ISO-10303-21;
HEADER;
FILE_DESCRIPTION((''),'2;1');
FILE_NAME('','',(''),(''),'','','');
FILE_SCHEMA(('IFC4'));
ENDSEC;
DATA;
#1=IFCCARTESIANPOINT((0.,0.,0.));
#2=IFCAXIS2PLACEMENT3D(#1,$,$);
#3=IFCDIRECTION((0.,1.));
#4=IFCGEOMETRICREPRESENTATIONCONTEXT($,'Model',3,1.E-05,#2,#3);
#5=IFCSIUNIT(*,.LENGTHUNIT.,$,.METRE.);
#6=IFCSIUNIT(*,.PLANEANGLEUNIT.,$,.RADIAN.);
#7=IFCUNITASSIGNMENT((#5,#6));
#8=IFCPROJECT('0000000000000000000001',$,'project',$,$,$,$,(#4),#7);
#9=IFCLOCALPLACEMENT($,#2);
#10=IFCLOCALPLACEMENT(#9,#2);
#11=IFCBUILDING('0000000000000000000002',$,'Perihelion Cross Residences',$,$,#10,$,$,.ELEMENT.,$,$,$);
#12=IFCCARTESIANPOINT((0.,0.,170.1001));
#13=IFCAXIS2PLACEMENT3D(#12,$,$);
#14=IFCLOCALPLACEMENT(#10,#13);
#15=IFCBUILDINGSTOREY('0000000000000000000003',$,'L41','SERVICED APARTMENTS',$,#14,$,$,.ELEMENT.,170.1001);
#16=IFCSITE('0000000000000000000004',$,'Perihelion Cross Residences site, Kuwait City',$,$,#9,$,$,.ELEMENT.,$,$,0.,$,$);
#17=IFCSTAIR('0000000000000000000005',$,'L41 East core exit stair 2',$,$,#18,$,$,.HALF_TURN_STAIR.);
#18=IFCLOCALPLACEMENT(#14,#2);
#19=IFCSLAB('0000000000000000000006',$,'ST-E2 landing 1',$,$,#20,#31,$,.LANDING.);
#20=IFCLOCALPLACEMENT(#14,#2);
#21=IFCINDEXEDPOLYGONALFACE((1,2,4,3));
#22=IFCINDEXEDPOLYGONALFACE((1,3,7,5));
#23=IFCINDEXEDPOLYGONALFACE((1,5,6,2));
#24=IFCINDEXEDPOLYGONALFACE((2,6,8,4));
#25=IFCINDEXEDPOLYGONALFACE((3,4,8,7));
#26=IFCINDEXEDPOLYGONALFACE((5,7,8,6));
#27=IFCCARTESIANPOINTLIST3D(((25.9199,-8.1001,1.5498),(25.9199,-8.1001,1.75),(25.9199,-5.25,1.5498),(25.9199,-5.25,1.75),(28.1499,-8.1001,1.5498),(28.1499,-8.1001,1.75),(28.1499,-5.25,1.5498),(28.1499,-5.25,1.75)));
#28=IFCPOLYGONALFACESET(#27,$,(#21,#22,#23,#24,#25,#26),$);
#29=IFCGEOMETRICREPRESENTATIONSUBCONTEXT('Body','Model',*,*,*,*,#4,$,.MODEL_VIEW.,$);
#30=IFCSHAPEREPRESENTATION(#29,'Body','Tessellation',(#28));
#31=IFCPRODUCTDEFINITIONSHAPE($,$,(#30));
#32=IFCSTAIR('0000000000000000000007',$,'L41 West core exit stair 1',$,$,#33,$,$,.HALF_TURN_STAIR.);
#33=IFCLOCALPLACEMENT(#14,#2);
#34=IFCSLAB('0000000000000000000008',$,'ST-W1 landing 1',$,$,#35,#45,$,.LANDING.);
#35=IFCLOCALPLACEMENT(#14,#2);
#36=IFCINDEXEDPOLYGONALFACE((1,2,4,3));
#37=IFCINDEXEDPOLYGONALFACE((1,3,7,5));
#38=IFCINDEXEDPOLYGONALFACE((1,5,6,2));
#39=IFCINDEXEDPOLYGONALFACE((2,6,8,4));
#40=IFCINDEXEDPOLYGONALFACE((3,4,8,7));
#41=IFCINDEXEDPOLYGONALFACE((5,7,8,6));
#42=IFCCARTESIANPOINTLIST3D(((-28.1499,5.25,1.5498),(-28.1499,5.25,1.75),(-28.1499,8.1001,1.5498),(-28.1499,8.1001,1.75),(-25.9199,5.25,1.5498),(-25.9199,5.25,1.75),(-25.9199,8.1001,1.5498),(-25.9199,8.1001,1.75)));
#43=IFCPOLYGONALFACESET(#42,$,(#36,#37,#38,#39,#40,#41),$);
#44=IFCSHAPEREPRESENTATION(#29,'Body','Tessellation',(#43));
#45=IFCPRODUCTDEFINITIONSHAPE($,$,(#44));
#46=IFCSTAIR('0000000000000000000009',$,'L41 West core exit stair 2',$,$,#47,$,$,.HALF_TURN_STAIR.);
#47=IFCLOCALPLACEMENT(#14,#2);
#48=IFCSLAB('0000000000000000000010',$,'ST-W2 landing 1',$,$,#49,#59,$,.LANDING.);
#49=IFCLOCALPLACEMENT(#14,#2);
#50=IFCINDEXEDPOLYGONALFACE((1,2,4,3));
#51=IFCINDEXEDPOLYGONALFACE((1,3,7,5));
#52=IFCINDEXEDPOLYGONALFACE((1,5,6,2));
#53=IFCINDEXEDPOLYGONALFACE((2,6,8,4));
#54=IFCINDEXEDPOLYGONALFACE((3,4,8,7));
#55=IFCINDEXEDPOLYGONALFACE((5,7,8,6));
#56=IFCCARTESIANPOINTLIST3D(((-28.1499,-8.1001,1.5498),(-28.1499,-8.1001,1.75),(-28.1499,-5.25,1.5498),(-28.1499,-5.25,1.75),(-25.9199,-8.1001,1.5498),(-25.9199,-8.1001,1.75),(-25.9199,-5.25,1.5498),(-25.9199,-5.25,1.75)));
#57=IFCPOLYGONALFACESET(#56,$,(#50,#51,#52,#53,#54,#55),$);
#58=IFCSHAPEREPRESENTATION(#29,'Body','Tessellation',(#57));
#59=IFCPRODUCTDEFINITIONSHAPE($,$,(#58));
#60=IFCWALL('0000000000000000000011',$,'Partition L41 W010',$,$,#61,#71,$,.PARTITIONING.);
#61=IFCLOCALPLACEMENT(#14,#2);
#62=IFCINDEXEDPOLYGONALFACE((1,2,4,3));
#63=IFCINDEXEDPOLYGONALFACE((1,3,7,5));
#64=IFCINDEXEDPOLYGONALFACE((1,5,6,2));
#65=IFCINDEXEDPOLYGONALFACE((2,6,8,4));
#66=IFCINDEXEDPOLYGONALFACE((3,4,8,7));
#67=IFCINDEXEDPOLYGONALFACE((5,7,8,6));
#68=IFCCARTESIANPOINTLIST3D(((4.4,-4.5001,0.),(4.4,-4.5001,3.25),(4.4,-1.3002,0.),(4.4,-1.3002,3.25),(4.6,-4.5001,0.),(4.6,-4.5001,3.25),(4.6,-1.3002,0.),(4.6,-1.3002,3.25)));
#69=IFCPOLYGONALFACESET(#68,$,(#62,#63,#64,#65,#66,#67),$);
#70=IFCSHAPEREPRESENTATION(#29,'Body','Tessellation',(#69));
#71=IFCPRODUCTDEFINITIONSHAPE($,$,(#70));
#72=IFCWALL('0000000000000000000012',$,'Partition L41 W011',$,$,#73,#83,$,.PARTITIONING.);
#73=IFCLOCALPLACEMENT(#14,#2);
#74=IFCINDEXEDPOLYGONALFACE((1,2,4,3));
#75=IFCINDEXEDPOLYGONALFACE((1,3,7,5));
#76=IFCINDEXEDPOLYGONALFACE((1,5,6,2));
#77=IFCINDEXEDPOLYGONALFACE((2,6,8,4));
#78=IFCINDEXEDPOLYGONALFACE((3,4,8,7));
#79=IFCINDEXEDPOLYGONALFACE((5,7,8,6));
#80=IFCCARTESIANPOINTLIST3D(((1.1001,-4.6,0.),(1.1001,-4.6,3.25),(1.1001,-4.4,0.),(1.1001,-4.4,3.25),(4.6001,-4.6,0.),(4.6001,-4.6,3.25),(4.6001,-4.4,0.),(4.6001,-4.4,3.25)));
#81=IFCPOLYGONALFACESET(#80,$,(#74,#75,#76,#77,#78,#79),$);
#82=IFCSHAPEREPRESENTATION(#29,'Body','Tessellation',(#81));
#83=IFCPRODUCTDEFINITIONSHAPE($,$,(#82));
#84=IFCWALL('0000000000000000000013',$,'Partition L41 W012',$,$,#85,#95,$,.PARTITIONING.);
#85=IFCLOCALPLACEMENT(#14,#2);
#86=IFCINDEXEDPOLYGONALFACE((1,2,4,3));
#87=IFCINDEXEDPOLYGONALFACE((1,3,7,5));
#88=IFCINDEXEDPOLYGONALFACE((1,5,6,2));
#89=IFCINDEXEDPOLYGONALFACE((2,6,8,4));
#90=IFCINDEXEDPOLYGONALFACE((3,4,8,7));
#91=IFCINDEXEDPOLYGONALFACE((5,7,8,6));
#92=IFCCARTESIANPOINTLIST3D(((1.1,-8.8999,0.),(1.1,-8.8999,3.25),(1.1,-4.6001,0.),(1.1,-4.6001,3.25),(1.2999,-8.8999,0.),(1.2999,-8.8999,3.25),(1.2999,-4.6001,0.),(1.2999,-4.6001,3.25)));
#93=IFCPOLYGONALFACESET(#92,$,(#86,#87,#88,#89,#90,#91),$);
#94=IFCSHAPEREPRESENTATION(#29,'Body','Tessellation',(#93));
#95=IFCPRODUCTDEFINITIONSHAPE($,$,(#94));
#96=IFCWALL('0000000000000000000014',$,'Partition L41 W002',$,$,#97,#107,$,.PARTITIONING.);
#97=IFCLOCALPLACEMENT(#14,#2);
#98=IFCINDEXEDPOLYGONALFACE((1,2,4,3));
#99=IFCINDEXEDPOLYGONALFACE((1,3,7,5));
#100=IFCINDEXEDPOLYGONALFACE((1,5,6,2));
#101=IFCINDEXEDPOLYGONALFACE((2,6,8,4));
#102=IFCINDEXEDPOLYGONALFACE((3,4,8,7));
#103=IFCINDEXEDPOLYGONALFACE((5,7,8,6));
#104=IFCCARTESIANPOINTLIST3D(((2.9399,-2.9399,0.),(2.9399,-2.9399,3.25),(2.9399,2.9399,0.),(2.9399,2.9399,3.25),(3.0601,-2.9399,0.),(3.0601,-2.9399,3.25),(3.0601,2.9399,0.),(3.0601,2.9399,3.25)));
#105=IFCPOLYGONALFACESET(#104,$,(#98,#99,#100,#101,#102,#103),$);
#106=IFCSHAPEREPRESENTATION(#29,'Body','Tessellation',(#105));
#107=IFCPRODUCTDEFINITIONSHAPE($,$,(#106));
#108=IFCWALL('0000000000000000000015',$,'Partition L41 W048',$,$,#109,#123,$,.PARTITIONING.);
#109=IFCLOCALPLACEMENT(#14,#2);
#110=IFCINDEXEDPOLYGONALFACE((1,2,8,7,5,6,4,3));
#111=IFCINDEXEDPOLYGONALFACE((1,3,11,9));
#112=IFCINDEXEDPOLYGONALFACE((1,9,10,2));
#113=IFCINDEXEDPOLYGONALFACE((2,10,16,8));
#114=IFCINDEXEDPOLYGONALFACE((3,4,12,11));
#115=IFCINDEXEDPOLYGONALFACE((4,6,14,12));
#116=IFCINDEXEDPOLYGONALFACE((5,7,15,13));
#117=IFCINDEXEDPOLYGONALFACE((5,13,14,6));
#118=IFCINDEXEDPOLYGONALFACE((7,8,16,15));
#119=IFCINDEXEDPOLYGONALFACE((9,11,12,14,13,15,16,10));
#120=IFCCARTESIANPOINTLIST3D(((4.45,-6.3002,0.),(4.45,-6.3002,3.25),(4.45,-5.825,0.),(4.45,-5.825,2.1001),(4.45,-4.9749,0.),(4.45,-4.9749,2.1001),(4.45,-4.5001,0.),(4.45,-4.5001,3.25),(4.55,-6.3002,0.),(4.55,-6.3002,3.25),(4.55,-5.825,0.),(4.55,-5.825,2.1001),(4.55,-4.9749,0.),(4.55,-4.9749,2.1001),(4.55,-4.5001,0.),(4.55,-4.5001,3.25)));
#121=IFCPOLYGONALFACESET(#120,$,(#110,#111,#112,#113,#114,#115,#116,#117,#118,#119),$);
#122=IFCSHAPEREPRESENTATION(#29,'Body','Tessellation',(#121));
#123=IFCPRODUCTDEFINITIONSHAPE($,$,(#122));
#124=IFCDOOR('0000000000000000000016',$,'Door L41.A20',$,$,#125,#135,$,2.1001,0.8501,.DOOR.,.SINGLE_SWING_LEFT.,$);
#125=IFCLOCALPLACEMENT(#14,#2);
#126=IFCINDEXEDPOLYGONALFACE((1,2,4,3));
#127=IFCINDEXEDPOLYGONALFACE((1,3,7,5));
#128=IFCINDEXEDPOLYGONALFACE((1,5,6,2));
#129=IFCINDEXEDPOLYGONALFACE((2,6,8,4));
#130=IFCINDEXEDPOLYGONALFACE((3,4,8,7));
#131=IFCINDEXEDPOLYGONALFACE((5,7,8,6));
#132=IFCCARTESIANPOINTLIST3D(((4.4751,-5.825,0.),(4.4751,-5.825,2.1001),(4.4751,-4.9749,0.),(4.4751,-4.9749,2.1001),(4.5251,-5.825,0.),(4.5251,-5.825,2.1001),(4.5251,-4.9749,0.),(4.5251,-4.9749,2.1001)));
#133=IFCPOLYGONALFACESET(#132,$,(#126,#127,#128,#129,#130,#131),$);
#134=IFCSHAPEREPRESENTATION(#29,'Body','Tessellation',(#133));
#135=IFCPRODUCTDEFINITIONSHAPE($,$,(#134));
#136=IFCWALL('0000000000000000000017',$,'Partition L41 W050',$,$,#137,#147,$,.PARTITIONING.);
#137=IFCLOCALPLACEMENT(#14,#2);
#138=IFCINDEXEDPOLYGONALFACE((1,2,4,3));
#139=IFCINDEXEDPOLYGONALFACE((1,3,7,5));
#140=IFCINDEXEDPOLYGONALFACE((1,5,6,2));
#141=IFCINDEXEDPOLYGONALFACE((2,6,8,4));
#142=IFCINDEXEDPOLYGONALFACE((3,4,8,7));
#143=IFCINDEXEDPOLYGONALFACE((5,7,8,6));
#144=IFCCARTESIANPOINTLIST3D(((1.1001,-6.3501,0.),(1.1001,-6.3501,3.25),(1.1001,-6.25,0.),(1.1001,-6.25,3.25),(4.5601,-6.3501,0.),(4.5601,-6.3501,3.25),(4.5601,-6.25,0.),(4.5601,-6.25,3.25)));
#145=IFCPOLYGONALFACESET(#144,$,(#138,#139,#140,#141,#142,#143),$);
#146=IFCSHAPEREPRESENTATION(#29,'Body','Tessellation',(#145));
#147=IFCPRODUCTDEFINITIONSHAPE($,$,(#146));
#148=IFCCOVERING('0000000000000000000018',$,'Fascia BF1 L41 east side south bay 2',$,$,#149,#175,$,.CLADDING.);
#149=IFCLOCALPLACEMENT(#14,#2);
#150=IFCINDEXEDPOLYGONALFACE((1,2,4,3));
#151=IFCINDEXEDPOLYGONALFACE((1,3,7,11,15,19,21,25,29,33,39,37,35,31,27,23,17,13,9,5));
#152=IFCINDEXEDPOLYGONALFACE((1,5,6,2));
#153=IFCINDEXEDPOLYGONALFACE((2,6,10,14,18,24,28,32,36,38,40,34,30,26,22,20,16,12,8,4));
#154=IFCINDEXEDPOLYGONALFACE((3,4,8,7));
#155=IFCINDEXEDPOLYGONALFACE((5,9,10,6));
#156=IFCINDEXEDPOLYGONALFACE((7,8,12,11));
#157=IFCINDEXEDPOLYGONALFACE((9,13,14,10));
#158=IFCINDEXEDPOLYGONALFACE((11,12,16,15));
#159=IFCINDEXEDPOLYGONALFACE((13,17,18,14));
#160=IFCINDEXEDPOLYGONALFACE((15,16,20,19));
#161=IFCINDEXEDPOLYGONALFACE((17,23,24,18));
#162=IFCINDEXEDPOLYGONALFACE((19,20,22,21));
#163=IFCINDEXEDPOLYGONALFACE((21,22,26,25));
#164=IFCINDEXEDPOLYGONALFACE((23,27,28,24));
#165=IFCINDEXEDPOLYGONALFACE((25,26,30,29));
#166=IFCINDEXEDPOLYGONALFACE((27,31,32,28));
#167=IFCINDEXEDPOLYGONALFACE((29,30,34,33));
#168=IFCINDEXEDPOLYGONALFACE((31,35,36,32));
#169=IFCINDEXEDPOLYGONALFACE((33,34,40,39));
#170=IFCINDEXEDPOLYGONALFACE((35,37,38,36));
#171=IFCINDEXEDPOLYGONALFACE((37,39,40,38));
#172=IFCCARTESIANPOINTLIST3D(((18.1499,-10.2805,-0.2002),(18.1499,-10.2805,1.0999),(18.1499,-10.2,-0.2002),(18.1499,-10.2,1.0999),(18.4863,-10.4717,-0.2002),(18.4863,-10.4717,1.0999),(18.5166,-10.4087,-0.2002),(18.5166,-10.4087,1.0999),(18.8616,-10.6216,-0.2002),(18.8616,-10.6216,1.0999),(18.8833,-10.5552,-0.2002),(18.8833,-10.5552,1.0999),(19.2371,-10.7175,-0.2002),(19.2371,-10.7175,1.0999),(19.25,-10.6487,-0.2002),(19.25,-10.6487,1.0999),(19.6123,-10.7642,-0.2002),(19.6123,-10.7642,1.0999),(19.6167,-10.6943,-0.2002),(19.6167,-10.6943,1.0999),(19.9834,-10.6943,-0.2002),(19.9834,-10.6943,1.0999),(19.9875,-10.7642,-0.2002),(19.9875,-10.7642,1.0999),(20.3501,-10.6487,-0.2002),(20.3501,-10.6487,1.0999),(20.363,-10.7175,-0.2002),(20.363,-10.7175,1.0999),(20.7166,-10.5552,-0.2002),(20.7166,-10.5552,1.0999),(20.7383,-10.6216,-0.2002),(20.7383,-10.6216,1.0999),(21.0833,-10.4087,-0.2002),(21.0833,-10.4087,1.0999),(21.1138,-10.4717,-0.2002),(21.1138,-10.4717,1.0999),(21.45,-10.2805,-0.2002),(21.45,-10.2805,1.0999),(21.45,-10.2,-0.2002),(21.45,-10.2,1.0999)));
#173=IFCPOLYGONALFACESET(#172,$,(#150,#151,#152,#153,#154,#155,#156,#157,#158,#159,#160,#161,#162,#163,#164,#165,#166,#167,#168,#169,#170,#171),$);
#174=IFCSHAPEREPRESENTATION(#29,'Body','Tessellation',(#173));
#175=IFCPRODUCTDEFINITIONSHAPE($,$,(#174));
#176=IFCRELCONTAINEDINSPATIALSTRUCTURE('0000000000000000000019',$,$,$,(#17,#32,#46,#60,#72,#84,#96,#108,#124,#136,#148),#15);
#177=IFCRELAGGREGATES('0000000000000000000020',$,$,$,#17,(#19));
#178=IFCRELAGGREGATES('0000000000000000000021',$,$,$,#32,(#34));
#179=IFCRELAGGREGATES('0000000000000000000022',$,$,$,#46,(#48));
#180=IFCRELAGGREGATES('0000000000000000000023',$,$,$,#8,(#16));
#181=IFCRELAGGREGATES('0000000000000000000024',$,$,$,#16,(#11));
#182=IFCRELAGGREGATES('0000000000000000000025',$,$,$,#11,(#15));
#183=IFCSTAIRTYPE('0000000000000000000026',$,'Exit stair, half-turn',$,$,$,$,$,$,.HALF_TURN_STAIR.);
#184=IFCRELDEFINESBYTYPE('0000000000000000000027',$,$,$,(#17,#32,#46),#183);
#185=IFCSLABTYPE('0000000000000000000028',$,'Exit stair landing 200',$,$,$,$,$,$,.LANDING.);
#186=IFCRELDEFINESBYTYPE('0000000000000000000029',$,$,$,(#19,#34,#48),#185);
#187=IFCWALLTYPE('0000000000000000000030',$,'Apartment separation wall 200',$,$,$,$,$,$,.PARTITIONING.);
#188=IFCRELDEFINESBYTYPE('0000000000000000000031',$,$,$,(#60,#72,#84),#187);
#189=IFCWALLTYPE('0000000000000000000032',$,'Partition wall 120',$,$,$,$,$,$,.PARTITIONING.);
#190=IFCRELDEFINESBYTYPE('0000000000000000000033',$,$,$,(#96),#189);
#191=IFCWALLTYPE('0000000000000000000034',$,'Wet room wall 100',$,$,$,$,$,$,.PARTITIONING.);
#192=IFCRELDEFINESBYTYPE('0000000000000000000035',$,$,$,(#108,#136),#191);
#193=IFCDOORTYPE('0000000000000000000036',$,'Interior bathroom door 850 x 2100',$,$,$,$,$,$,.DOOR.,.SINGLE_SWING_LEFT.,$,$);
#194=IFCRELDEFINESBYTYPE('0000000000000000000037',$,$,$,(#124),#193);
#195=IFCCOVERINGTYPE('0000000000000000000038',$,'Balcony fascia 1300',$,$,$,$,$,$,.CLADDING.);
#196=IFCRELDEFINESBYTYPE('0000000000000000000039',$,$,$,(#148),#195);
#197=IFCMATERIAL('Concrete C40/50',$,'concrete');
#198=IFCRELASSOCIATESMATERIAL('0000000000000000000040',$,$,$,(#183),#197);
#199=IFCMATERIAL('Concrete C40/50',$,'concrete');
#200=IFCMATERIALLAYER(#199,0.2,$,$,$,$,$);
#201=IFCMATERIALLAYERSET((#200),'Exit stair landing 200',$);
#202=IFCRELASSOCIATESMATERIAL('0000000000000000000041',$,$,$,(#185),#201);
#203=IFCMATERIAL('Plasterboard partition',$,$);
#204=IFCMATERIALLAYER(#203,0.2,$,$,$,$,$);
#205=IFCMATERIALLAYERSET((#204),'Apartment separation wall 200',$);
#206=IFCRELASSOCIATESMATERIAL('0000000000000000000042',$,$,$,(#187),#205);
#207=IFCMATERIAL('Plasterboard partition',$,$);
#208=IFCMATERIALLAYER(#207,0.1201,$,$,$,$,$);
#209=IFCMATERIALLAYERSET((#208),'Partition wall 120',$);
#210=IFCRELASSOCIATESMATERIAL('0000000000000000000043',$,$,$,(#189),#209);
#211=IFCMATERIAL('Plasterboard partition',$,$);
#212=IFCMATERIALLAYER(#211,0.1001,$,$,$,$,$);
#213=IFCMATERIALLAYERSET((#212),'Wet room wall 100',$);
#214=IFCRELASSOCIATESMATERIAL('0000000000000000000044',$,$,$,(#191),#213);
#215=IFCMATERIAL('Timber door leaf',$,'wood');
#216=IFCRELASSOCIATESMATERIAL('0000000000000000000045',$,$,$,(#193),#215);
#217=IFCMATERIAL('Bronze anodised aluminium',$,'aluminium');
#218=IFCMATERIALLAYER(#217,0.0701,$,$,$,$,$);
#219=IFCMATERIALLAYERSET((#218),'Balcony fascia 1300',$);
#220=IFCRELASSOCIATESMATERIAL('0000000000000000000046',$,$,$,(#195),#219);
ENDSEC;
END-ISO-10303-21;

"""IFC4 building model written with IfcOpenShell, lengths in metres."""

from ifc_helpers import new_model, si_unit, direction, frame, frame_2d, origin, place, context, subcontext, project, spatial, polyline, rectangle, outline, extrude, material, layer, layer_set, type_object, element, fill, aggregate, save


model = new_model("IFC4")

# Units and contexts
model_context = context("Model", 3, precision=1e-05, world=origin(), true_north=direction((0.0, 1.0)))
body_context = subcontext(model_context, "Body", "Model", "MODEL_VIEW")
ifc_project = project(units=[si_unit("LENGTHUNIT", "METRE"), si_unit("PLANEANGLEUNIT", "RADIAN")], contexts=[model_context])

# Site, building, storey
site_placement = place(None, origin())
site = spatial("IfcSite", under=ifc_project, at=site_placement, Name="Perihelion Cross Residences site, Kuwait City", CompositionType="ELEMENT", RefElevation=0.0)
building_placement = place(site_placement, origin())
building = spatial("IfcBuilding", under=site, at=building_placement, Name="Perihelion Cross Residences", CompositionType="ELEMENT")
storey_placement = place(building_placement, frame((0.0, 0.0, 170.1001)))
storey = spatial("IfcBuildingStorey", under=building, at=storey_placement, Name="L41", Description="SERVICED APARTMENTS", CompositionType="ELEMENT", Elevation=170.1001)

# Stairs, slabs
ifc_material_1 = material(Name="Concrete C40/50", Category="concrete")
stair_type = type_object("IfcStairType", Name="Exit stair, half-turn", PredefinedType="HALF_TURN_STAIR", material=ifc_material_1)
ifc_material_2 = material(Name="Concrete C40/50", Category="concrete")
ifc_layer_1 = layer(ifc_material_2, 0.2)
ifc_layer_set_1 = layer_set([ifc_layer_1], Name="Exit stair landing 200")
slab_type_1 = type_object("IfcSlabType", Name="Exit stair landing 200", PredefinedType="LANDING", material=ifc_layer_set_1)
stair_1_placement = place(storey_placement, origin())
stair_1 = element("IfcStair", 1, at=stair_1_placement, inside=storey, type_object=stair_type, Name="L41 East core exit stair 2", PredefinedType="HALF_TURN_STAIR")
slab_1_placement = place(storey_placement, frame((0.0, 0.0, 1.5498)))
slab_1 = element("IfcSlab", 2, at=slab_1_placement, type_object=slab_type_1, Name="ST-E2 landing 1", PredefinedType="LANDING", context=body_context, shape_type="SweptSolid", body=[
    extrude(outline(polyline([(25.9199, -8.1001), (28.1499, -8.1001), (28.1499, -5.25), (25.9199, -5.25), (25.9199, -8.1001)])), origin(), (0.0, 0.0, 1.0), 0.2002),
])
aggregate(stair_1, [slab_1])
stair_2_placement = place(storey_placement, origin())
stair_2 = element("IfcStair", 3, at=stair_2_placement, inside=storey, type_object=stair_type, Name="L41 West core exit stair 1", PredefinedType="HALF_TURN_STAIR")
slab_2_placement = place(storey_placement, frame((0.0, 0.0, 1.5498)))
slab_2 = element("IfcSlab", 4, at=slab_2_placement, type_object=slab_type_1, Name="ST-W1 landing 1", PredefinedType="LANDING", context=body_context, shape_type="SweptSolid", body=[
    extrude(outline(polyline([(-25.9199, 8.1001), (-28.1499, 8.1001), (-28.1499, 5.25), (-25.9199, 5.25), (-25.9199, 8.1001)])), origin(), (0.0, 0.0, 1.0), 0.2002),
])
aggregate(stair_2, [slab_2])
stair_3_placement = place(storey_placement, origin())
stair_3 = element("IfcStair", 5, at=stair_3_placement, inside=storey, type_object=stair_type, Name="L41 West core exit stair 2", PredefinedType="HALF_TURN_STAIR")
slab_3_placement = place(storey_placement, frame((0.0, 0.0, 1.5498)))
slab_3 = element("IfcSlab", 6, at=slab_3_placement, type_object=slab_type_1, Name="ST-W2 landing 1", PredefinedType="LANDING", context=body_context, shape_type="SweptSolid", body=[
    extrude(outline(polyline([(-25.9199, -5.25), (-28.1499, -5.25), (-28.1499, -8.1001), (-25.9199, -8.1001), (-25.9199, -5.25)])), origin(), (0.0, 0.0, 1.0), 0.2002),
])
aggregate(stair_3, [slab_3])

# Walls
ifc_material_3 = material(Name="Plasterboard partition")
ifc_layer_2 = layer(ifc_material_3, 0.2)
ifc_layer_set_2 = layer_set([ifc_layer_2], Name="Apartment separation wall 200")
wall_type_1 = type_object("IfcWallType", Name="Apartment separation wall 200", PredefinedType="PARTITIONING", material=ifc_layer_set_2)
wall_1_placement = place(storey_placement, frame((4.5, -1.3, 0.0), z_axis=(0.0, 0.0, 1.0), x_axis=(0.0, -1.0, 0.0)))
element("IfcWall", 7, at=wall_1_placement, inside=storey, type_object=wall_type_1, Name="Partition L41 W010", PredefinedType="PARTITIONING", context=body_context, shape_type="SweptSolid", body=[
    extrude(rectangle(XDim=3.2, YDim=0.2, at=frame_2d((1.6001, 0.0))), origin(), (0.0, 0.0, 1.0), 3.25),
])
wall_2_placement = place(storey_placement, frame((4.6001, -4.5, 0.0), z_axis=(0.0, 0.0, 1.0), x_axis=(-1.0, 0.0, 0.0)))
element("IfcWall", 8, at=wall_2_placement, inside=storey, type_object=wall_type_1, Name="Partition L41 W011", PredefinedType="PARTITIONING", context=body_context, shape_type="SweptSolid", body=[
    extrude(rectangle(XDim=3.5, YDim=0.2, at=frame_2d((1.75, 0.0))), origin(), (0.0, 0.0, 1.0), 3.25),
])
wall_3_placement = place(storey_placement, frame((1.2, -4.6001, 0.0), z_axis=(0.0, 0.0, 1.0), x_axis=(0.0, -1.0, 0.0)))
element("IfcWall", 9, at=wall_3_placement, inside=storey, type_object=wall_type_1, Name="Partition L41 W012", PredefinedType="PARTITIONING", context=body_context, shape_type="SweptSolid", body=[
    extrude(rectangle(XDim=4.2998, YDim=0.2, at=frame_2d((2.1499, 0.0))), origin(), (0.0, 0.0, 1.0), 3.25),
])
ifc_material_4 = material(Name="Plasterboard partition")
ifc_layer_3 = layer(ifc_material_4, 0.1201)
ifc_layer_set_3 = layer_set([ifc_layer_3], Name="Partition wall 120")
wall_type_2 = type_object("IfcWallType", Name="Partition wall 120", PredefinedType="PARTITIONING", material=ifc_layer_set_3)
wall_4_placement = place(storey_placement, frame((3.0, -2.9399, 0.0), z_axis=(0.0, 0.0, 1.0), x_axis=(0.0, 1.0, 0.0)))
element("IfcWall", 10, at=wall_4_placement, inside=storey, type_object=wall_type_2, Name="Partition L41 W002", PredefinedType="PARTITIONING", context=body_context, shape_type="SweptSolid", body=[
    extrude(rectangle(XDim=5.8799, YDim=0.1201, at=frame_2d((2.9399, 0.0))), origin(), (0.0, 0.0, 1.0), 3.25),
])

# Wall, opening, door
ifc_material_5 = material(Name="Plasterboard partition")
ifc_layer_4 = layer(ifc_material_5, 0.1001)
ifc_layer_set_4 = layer_set([ifc_layer_4], Name="Wet room wall 100")
wall_type_3 = type_object("IfcWallType", Name="Wet room wall 100", PredefinedType="PARTITIONING", material=ifc_layer_set_4)
wall_5_placement = place(storey_placement, frame((4.5, -6.3, 0.0), z_axis=(0.0, 0.0, 1.0), x_axis=(0.0, 1.0, 0.0)))
wall_5 = element("IfcWall", 11, at=wall_5_placement, inside=storey, type_object=wall_type_3, Name="Partition L41 W048", PredefinedType="PARTITIONING", context=body_context, shape_type="SweptSolid", body=[
    extrude(rectangle(XDim=1.8, YDim=0.1001, at=frame_2d((0.8999, 0.0))), origin(), (0.0, 0.0, 1.0), 3.25),
])
opening_placement = place(wall_5_placement, frame((0.4751, 0.0, 0.0)))
opening = element("IfcOpeningElement", 12, at=opening_placement, cuts=wall_5, PredefinedType="OPENING", context=body_context, shape_type="SweptSolid", body=[
    extrude(rectangle(XDim=0.8501, YDim=2.1001, at=frame_2d((0.425, 1.05))), frame((0.0, 0.0601, 0.0), z_axis=(0.0, -1.0, 0.0), x_axis=(1.0, 0.0, 0.0)), (0.0, 0.0, 1.0), 0.1201),
])
ifc_material_6 = material(Name="Timber door leaf", Category="wood")
door_type = type_object("IfcDoorType", Name="Interior bathroom door 850 x 2100", OperationType="SINGLE_SWING_LEFT", PredefinedType="DOOR", material=ifc_material_6)
door_placement = place(opening_placement, origin())
door = element("IfcDoor", 13, at=door_placement, inside=storey, type_object=door_type, Name="Door L41.A20", OperationType="SINGLE_SWING_LEFT", OverallHeight=2.1001, OverallWidth=0.8501, PredefinedType="DOOR", context=body_context, shape_type="SweptSolid", body=[
    extrude(rectangle(XDim=0.8501, YDim=2.1001, at=frame_2d((0.425, 1.05))), frame((0.0, 0.0249, 0.0), z_axis=(0.0, -1.0, 0.0), x_axis=(1.0, 0.0, 0.0)), (0.0, 0.0, 1.0), 0.05),
])
fill(opening, door)

# Wall
wall_6_placement = place(storey_placement, frame((4.5601, -6.3, 0.0), z_axis=(0.0, 0.0, 1.0), x_axis=(-1.0, 0.0, 0.0)))
element("IfcWall", 14, at=wall_6_placement, inside=storey, type_object=wall_type_3, Name="Partition L41 W050", PredefinedType="PARTITIONING", context=body_context, shape_type="SweptSolid", body=[
    extrude(rectangle(XDim=3.46, YDim=0.1001, at=frame_2d((1.73, 0.0))), origin(), (0.0, 0.0, 1.0), 3.25),
])

# Covering
ifc_material_7 = material(Name="Bronze anodised aluminium", Category="aluminium")
ifc_layer_5 = layer(ifc_material_7, 0.0701)
ifc_layer_set_5 = layer_set([ifc_layer_5], Name="Balcony fascia 1300")
covering_type_1 = type_object("IfcCoveringType", Name="Balcony fascia 1300", PredefinedType="CLADDING", material=ifc_layer_set_5)
covering_1_placement = place(storey_placement, frame((0.0, 0.0, -0.2002)))
element("IfcCovering", 15, at=covering_1_placement, inside=storey, type_object=covering_type_1, Name="Fascia BF1 L41 east side south bay 2", PredefinedType="CLADDING", context=body_context, shape_type="SweptSolid", body=[
    extrude(outline(polyline([(18.4863, -10.4717), (18.8616, -10.6216), (19.2371, -10.7175), (19.6123, -10.7642), (19.9875, -10.7642), (20.363, -10.7175), (20.7383, -10.6216), (21.1138, -10.4717), (21.45, -10.2805), (21.45, -10.2), (21.0833, -10.4087), (20.7166, -10.5552), (20.3501, -10.6487), (19.9834, -10.6943), (19.6167, -10.6943), (19.25, -10.6487), (18.8833, -10.5552), (18.5166, -10.4087), (18.1499, -10.2), (18.1499, -10.2805), (18.4863, -10.4717)])), origin(), (0.0, 0.0, 1.0), 1.3),
])

save(model, "model.ifc")
